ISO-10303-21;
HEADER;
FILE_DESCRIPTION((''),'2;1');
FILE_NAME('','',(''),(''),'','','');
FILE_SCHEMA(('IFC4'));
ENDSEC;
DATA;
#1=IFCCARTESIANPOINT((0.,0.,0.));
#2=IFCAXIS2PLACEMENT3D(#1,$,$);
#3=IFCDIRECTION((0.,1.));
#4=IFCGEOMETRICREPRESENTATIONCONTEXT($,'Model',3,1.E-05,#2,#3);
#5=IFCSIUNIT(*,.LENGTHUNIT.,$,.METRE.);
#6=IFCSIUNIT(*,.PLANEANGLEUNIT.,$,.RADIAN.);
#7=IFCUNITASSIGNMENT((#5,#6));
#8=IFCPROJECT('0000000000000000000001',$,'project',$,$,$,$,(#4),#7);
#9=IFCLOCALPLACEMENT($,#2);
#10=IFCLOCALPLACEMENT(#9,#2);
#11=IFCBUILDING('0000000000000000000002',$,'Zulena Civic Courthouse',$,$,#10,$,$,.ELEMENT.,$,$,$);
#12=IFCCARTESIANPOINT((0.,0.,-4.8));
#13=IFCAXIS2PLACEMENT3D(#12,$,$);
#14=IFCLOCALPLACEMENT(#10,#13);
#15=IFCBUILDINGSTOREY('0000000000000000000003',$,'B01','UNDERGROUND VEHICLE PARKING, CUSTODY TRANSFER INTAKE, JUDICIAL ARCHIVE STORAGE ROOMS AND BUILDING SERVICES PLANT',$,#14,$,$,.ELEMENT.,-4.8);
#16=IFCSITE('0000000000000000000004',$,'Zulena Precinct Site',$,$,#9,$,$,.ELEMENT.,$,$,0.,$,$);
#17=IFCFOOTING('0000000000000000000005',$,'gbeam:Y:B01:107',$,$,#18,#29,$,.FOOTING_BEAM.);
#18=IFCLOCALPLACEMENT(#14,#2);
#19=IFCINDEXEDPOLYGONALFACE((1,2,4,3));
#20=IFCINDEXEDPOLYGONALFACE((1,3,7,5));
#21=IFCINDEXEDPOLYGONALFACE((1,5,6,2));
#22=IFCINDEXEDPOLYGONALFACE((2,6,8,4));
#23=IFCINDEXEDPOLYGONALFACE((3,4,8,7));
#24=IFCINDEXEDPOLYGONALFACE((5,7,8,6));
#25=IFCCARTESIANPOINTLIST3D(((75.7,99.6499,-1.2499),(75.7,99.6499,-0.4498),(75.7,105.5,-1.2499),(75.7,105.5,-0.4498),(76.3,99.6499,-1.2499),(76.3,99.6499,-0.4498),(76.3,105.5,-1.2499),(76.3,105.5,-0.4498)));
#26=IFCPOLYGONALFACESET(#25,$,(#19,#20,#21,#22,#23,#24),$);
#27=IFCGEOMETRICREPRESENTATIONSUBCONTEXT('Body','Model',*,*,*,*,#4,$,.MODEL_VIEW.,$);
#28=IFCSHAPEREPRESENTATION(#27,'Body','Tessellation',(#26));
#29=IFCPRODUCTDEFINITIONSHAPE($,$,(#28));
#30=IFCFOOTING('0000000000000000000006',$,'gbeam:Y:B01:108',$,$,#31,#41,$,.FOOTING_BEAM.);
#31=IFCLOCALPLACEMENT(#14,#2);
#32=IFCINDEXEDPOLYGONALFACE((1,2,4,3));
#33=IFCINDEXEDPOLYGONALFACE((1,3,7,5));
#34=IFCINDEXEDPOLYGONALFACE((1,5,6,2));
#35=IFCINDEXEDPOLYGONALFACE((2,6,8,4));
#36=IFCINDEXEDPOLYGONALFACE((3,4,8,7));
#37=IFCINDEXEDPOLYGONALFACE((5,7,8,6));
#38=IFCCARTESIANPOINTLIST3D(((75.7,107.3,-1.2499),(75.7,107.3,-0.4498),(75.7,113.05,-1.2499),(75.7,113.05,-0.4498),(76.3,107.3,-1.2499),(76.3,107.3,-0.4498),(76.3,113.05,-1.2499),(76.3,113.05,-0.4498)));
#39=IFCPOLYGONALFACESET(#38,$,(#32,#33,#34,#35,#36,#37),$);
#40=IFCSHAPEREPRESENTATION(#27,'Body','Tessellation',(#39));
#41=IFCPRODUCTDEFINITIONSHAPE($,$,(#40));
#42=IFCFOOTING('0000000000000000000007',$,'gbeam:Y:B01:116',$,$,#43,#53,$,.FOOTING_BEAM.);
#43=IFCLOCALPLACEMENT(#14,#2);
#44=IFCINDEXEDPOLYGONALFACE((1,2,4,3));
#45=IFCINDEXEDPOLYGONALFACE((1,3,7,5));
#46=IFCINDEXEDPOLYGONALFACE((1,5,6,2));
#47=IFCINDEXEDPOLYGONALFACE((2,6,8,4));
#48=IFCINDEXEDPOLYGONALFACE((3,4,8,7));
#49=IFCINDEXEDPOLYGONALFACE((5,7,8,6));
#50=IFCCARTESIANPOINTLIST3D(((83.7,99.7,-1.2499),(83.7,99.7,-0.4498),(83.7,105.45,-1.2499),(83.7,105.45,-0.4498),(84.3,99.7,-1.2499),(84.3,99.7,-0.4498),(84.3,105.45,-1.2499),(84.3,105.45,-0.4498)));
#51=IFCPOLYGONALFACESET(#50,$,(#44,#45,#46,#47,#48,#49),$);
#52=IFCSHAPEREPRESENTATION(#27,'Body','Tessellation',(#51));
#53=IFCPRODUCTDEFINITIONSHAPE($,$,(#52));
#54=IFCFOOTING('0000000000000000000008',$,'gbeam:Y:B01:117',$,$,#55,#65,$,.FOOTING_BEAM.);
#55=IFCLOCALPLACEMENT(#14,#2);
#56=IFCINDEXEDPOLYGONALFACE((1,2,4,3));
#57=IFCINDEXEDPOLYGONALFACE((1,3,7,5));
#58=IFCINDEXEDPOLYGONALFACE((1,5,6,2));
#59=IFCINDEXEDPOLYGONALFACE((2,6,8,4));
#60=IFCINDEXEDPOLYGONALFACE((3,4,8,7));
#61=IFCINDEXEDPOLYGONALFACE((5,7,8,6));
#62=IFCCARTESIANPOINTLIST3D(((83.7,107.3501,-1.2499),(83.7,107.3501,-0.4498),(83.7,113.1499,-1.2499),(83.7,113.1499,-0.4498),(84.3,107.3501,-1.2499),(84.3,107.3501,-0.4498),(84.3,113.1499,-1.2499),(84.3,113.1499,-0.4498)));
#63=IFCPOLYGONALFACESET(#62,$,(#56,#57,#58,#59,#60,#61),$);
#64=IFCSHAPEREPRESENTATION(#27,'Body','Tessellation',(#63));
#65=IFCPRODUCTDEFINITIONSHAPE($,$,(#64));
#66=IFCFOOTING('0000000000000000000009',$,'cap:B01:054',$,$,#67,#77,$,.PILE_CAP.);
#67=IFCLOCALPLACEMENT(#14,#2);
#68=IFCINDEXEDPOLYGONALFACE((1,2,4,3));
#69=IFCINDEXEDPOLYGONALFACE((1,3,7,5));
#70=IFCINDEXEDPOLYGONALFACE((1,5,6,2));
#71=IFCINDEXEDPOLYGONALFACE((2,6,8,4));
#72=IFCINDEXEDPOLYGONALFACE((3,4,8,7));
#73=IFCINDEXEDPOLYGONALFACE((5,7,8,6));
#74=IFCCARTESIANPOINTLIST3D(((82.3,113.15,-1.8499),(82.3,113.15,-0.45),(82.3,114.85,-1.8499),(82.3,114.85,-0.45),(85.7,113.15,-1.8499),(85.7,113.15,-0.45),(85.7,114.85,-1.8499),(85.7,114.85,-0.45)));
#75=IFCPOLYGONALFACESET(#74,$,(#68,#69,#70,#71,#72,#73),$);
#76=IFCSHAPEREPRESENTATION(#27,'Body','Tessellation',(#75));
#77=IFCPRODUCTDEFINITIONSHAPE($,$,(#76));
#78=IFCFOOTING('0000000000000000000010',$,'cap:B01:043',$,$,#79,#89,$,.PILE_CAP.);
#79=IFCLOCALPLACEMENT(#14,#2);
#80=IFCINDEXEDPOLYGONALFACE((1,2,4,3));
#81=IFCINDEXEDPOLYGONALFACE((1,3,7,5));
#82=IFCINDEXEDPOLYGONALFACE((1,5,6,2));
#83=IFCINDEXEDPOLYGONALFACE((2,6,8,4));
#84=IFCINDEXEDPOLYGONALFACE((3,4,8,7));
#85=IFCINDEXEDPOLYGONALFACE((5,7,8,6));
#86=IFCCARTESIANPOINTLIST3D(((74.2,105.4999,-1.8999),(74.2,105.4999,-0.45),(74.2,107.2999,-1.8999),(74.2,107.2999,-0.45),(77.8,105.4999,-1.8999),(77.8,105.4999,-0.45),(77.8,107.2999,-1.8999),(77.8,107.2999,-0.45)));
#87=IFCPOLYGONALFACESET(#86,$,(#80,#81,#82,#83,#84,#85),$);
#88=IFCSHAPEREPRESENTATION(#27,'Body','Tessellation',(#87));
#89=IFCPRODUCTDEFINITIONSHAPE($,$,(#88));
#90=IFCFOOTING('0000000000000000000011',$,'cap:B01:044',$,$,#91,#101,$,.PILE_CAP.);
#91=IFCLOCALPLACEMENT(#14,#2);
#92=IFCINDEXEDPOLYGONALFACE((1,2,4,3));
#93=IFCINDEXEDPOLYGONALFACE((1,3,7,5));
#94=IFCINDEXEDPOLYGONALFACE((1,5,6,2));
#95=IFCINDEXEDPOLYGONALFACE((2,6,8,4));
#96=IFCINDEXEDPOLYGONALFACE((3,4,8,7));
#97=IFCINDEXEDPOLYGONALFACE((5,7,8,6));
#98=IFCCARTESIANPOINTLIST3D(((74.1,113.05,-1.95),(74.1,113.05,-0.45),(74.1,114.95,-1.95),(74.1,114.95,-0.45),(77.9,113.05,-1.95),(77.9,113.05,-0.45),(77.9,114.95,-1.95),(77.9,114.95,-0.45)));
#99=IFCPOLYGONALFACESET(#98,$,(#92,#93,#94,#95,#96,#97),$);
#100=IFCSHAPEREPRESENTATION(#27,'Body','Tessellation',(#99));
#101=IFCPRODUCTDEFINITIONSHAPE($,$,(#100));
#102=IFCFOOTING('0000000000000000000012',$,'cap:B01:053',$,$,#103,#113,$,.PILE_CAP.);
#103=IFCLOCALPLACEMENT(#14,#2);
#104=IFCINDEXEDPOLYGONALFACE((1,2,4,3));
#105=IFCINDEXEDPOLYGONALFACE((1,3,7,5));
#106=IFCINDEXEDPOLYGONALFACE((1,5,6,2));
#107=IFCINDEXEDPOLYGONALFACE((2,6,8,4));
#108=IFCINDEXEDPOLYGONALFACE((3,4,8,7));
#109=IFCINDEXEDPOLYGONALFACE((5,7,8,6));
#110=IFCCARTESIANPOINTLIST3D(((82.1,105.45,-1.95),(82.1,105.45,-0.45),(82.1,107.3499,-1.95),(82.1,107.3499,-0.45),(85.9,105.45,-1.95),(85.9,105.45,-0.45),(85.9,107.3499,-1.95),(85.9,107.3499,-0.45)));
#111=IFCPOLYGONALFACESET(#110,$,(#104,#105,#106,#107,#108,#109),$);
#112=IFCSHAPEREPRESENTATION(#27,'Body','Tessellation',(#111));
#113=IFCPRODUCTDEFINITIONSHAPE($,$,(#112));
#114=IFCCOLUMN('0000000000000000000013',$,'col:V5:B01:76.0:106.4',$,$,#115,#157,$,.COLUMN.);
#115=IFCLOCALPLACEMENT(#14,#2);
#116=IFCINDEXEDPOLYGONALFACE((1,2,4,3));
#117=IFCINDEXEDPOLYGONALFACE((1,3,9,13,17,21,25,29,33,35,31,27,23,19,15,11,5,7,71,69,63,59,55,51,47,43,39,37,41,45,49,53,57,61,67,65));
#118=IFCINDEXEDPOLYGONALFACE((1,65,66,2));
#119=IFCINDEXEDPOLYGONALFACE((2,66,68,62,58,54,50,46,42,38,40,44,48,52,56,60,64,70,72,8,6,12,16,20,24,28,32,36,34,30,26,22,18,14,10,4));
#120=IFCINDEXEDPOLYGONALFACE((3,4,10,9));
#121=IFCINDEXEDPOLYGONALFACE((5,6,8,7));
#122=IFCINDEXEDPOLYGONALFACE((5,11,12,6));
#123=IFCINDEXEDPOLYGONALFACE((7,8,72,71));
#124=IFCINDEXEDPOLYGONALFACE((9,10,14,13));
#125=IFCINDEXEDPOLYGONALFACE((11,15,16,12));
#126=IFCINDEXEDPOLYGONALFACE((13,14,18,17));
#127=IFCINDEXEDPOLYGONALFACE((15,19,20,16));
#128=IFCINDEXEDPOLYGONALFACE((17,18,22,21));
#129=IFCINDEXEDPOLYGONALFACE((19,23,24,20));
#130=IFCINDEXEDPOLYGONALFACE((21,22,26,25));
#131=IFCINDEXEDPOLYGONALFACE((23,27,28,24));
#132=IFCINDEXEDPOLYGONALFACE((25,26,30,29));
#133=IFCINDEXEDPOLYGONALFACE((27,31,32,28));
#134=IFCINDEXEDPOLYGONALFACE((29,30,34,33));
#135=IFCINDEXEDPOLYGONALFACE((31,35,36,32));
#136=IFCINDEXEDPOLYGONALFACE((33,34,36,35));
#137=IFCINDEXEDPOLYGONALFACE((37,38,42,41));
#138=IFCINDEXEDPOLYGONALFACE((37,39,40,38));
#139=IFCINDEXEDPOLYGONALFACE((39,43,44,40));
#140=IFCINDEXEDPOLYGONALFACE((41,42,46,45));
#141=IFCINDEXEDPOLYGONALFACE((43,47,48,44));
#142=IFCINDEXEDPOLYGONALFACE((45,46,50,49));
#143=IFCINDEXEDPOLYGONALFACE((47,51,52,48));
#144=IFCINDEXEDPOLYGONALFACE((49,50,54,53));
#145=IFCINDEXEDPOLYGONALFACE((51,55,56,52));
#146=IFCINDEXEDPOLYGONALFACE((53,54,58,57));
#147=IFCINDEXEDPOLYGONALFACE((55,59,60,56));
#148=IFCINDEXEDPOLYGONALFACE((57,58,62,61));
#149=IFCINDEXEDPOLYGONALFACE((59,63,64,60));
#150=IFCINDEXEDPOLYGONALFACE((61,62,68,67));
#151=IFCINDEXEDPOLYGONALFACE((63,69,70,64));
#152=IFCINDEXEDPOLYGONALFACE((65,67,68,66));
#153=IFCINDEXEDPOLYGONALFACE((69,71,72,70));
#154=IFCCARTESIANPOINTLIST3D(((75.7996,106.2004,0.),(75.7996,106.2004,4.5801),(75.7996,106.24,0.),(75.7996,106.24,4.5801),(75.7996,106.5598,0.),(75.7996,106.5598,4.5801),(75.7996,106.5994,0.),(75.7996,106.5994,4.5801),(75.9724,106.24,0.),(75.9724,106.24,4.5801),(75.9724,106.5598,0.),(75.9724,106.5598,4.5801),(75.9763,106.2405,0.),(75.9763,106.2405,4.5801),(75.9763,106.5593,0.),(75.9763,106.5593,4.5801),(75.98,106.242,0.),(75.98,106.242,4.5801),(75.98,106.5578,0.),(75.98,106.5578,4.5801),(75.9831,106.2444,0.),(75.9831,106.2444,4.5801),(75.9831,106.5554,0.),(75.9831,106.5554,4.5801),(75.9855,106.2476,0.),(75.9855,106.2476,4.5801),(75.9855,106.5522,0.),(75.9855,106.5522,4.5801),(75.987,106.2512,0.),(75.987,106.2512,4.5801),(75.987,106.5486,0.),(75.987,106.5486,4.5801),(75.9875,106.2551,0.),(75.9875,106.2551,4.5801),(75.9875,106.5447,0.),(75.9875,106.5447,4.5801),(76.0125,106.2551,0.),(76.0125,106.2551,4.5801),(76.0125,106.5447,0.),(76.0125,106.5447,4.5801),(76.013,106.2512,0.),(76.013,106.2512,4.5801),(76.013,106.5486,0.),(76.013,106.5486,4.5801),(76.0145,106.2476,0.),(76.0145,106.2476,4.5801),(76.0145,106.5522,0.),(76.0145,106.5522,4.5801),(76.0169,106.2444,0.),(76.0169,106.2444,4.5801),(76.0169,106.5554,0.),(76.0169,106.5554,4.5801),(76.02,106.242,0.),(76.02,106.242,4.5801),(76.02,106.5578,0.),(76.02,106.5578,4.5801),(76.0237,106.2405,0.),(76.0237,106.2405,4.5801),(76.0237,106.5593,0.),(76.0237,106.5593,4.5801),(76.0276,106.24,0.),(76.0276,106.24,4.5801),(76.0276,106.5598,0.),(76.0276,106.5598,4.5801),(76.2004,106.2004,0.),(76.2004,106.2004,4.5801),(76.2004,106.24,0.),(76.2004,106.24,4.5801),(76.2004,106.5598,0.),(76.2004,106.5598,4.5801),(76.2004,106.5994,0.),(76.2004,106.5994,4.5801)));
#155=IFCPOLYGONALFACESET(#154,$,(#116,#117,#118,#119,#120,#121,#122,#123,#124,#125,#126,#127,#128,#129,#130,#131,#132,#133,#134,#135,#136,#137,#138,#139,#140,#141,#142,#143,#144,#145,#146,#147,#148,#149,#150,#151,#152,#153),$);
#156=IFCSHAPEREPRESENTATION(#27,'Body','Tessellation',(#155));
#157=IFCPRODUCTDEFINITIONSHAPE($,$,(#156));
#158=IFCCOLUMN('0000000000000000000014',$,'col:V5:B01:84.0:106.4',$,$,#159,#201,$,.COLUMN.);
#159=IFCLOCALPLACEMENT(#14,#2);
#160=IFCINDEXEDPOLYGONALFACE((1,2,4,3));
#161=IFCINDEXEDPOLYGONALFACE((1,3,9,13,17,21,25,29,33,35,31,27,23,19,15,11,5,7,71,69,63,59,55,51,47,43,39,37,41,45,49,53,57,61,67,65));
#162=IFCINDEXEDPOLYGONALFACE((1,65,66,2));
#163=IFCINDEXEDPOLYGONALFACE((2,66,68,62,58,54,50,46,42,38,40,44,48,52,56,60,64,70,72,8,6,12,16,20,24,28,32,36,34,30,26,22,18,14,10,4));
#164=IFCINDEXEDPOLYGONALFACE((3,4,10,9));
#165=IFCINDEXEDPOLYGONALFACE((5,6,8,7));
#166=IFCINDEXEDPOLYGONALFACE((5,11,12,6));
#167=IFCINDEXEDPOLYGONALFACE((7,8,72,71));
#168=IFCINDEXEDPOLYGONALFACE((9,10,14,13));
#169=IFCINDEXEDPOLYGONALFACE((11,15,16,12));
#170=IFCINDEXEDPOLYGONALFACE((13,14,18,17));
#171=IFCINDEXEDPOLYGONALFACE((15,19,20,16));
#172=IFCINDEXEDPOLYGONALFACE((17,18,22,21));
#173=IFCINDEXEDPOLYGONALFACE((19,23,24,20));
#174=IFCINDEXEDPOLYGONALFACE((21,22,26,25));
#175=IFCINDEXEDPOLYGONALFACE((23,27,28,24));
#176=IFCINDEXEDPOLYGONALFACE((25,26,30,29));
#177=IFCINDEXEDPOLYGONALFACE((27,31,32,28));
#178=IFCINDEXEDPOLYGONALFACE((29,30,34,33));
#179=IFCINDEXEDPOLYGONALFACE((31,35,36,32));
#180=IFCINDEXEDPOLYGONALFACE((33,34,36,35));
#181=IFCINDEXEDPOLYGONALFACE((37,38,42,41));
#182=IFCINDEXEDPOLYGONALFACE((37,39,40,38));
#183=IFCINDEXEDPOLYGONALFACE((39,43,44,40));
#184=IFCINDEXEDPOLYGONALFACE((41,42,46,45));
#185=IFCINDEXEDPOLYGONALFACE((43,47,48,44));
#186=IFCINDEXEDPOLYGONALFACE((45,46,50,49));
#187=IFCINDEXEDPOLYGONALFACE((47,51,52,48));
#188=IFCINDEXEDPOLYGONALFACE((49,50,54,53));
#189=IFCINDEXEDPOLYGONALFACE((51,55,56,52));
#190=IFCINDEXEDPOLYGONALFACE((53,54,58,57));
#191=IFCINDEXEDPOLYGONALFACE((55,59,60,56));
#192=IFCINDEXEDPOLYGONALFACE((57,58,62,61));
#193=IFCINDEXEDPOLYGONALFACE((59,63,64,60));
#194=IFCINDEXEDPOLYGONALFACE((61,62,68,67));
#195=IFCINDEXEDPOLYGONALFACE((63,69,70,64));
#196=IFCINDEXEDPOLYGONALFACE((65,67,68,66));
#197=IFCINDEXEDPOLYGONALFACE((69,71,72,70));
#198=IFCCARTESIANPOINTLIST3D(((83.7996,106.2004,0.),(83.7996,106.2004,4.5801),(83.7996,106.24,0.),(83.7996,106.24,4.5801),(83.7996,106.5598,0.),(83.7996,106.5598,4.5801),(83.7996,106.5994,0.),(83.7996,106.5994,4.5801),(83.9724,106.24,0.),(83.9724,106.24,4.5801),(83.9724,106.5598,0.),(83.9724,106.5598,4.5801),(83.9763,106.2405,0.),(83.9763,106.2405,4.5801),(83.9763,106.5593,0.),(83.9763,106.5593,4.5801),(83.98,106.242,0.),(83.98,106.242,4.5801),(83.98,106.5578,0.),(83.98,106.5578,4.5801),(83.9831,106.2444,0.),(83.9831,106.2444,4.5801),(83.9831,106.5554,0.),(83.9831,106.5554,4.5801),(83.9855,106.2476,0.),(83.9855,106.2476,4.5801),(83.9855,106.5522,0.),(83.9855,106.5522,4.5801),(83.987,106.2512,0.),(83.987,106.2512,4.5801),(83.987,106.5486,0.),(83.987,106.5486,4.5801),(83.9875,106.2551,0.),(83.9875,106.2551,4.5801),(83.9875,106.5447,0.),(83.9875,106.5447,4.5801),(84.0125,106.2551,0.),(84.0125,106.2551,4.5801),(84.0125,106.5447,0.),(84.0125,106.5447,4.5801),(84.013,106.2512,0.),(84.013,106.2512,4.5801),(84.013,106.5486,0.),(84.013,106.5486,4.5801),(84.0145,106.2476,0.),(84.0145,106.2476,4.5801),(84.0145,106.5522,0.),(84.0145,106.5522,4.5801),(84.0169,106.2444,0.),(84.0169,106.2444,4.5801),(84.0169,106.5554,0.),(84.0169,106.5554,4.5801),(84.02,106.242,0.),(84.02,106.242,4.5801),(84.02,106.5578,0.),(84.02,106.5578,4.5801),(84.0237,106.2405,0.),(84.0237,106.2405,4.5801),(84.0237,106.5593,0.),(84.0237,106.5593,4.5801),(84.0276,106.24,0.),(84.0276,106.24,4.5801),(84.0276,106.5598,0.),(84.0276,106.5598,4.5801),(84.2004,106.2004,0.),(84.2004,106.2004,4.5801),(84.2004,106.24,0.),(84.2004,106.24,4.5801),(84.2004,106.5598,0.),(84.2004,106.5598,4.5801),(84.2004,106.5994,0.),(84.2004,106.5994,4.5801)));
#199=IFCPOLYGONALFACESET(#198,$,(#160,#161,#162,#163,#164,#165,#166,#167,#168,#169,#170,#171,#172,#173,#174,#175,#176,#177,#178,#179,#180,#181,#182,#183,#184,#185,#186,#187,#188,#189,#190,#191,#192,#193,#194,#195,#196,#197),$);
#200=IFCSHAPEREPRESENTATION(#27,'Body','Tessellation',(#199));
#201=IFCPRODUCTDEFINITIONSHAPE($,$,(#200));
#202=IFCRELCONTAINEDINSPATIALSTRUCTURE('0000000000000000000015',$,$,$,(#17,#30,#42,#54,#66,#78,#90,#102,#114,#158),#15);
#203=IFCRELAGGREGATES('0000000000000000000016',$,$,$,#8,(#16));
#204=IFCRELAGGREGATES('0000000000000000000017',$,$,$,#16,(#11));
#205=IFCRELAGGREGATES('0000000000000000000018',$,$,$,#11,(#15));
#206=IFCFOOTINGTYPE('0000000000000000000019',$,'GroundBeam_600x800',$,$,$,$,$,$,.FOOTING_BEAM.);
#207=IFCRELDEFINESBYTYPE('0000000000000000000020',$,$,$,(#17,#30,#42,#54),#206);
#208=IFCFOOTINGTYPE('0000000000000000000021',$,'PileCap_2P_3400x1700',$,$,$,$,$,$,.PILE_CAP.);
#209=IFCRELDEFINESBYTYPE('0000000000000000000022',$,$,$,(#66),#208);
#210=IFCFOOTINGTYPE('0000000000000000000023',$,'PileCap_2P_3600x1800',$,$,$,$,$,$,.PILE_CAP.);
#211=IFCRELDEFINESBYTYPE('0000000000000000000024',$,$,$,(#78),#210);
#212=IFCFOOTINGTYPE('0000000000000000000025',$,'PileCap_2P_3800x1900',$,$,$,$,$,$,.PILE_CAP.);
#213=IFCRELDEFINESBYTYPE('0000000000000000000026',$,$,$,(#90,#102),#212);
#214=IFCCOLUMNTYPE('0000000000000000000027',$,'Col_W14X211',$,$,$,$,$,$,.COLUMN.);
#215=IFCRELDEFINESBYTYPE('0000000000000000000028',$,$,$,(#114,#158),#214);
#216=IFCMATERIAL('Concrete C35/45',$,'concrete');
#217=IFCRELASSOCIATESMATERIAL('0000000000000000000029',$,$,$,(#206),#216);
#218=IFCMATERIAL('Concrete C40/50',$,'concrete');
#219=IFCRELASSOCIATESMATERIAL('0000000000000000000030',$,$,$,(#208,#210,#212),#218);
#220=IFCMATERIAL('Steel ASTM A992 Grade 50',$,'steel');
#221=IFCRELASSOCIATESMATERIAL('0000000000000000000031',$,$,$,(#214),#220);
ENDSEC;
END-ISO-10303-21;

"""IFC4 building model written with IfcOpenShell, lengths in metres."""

from ifc_helpers import new_model, si_unit, direction, frame, origin, origin_2d, place, context, subcontext, project, spatial, rectangle, i_section, extrude, material, material_profile, profile_set, type_object, element, save


model = new_model("IFC4")

# Units and contexts
model_context = context("Model", 3, precision=1e-05, world=origin(), true_north=direction((0.0, 1.0)))
body_context = subcontext(model_context, "Body", "Model", "MODEL_VIEW")
ifc_project = project(units=[si_unit("LENGTHUNIT", "METRE"), si_unit("PLANEANGLEUNIT", "RADIAN")], contexts=[model_context])

# Site, building, storey
site_placement = place(None, origin())
site = spatial("IfcSite", under=ifc_project, at=site_placement, Name="Zulena Precinct Site", CompositionType="ELEMENT", RefElevation=0.0)
building_placement = place(site_placement, origin())
building = spatial("IfcBuilding", under=site, at=building_placement, Name="Zulena Civic Courthouse", CompositionType="ELEMENT")
storey_placement = place(building_placement, frame((0.0, 0.0, -4.8)))
storey = spatial("IfcBuildingStorey", under=building, at=storey_placement, Name="B01", Description="UNDERGROUND VEHICLE PARKING, CUSTODY TRANSFER INTAKE, JUDICIAL ARCHIVE STORAGE ROOMS AND BUILDING SERVICES PLANT", CompositionType="ELEMENT", Elevation=-4.8)

# Shared definitions
ifc_material_1 = material(Name="Concrete C40/50", Category="concrete")

# Footings
ifc_material_2 = material(Name="Concrete C35/45", Category="concrete")
ifc_material_profile_1 = material_profile(ifc_material_2, rectangle(XDim=0.6001, YDim=0.8, at=origin_2d()), Name="RC600X800")
ifc_profile_set_1 = profile_set([ifc_material_profile_1], Name="Concrete C35/45")
footing_type_1 = type_object("IfcFootingType", Name="GroundBeam_600x800", PredefinedType="FOOTING_BEAM", material=ifc_profile_set_1)
footing_1_placement = place(storey_placement, frame((76.0, 99.6499, -0.8499), z_axis=(0.0, 1.0, 0.0), x_axis=(-1.0, 0.0, 0.0)))
element("IfcFooting", 1, at=footing_1_placement, inside=storey, type_object=footing_type_1, Name="gbeam:Y:B01:107", PredefinedType="FOOTING_BEAM", context=body_context, shape_type="SweptSolid", body=[
    extrude(rectangle(XDim=0.6001, YDim=0.8, at=origin_2d()), origin(), (0.0, 0.0, 1.0), 5.8501),
])
for number, where, z_axis, x_axis, name in (
    (2, (76.0, 107.3, -0.8499), (0.0, 1.0, 0.0), (-1.0, 0.0, 0.0), "gbeam:Y:B01:108"),
    (3, (84.0, 99.7, -0.8499), (0.0, 1.0, 0.0), (-1.0, 0.0, 0.0), "gbeam:Y:B01:116"),
):
    element("IfcFooting", number, at=place(storey_placement, frame(where, z_axis=z_axis, x_axis=x_axis)), inside=storey, type_object=footing_type_1, Name=name, PredefinedType="FOOTING_BEAM", context=body_context, shape_type="SweptSolid", body=[
        extrude(rectangle(XDim=0.6001, YDim=0.8, at=origin_2d()), origin(), (0.0, 0.0, 1.0), 5.75),
    ])
footing_2_placement = place(storey_placement, frame((84.0, 107.3501, -0.8499), z_axis=(0.0, 1.0, 0.0), x_axis=(-1.0, 0.0, 0.0)))
element("IfcFooting", 4, at=footing_2_placement, inside=storey, type_object=footing_type_1, Name="gbeam:Y:B01:117", PredefinedType="FOOTING_BEAM", context=body_context, shape_type="SweptSolid", body=[
    extrude(rectangle(XDim=0.6001, YDim=0.8, at=origin_2d()), origin(), (0.0, 0.0, 1.0), 5.7998),
])
footing_type_2 = type_object("IfcFootingType", Name="PileCap_2P_3400x1700", PredefinedType="PILE_CAP", material=ifc_material_1)
footing_3_placement = place(storey_placement, frame((84.0, 114.0, -1.8499), z_axis=(0.0, 0.0, 1.0), x_axis=(1.0, 0.0, 0.0)))
element("IfcFooting", 5, at=footing_3_placement, inside=storey, type_object=footing_type_2, Name="cap:B01:054", PredefinedType="PILE_CAP", context=body_context, shape_type="SweptSolid", body=[
    extrude(rectangle(XDim=3.3999, YDim=1.7, at=origin_2d()), origin(), (0.0, 0.0, 1.0), 1.3999),
])
footing_type_3 = type_object("IfcFootingType", Name="PileCap_2P_3600x1800", PredefinedType="PILE_CAP", material=ifc_material_1)
footing_4_placement = place(storey_placement, frame((76.0, 106.3999, -1.8999), z_axis=(0.0, 0.0, 1.0), x_axis=(1.0, 0.0, 0.0)))
element("IfcFooting", 6, at=footing_4_placement, inside=storey, type_object=footing_type_3, Name="cap:B01:043", PredefinedType="PILE_CAP", context=body_context, shape_type="SweptSolid", body=[
    extrude(rectangle(XDim=3.6001, YDim=1.8, at=origin_2d()), origin(), (0.0, 0.0, 1.0), 1.45),
])
footing_type_4 = type_object("IfcFootingType", Name="PileCap_2P_3800x1900", PredefinedType="PILE_CAP", material=ifc_material_1)
for number, where, z_axis, x_axis, name in (
    (7, (76.0, 114.0, -1.95), (0.0, 0.0, 1.0), (1.0, 0.0, 0.0), "cap:B01:044"),
    (8, (84.0, 106.3999, -1.95), (0.0, 0.0, 1.0), (1.0, 0.0, 0.0), "cap:B01:053"),
):
    element("IfcFooting", number, at=place(storey_placement, frame(where, z_axis=z_axis, x_axis=x_axis)), inside=storey, type_object=footing_type_4, Name=name, PredefinedType="PILE_CAP", context=body_context, shape_type="SweptSolid", body=[
        extrude(rectangle(XDim=3.8, YDim=1.8999, at=origin_2d()), origin(), (0.0, 0.0, 1.0), 1.5),
    ])

# Columns
ifc_material_3 = material(Name="Steel ASTM A992 Grade 50", Category="steel")
ifc_material_profile_2 = material_profile(ifc_material_3, i_section(OverallWidth=0.4009, OverallDepth=0.3989, WebThickness=0.0249, FlangeThickness=0.0396, FilletRadius=0.0151, at=origin_2d()), Name="W14X211")
ifc_profile_set_2 = profile_set([ifc_material_profile_2], Name="Steel ASTM A992 Grade 50")
column_type_1 = type_object("IfcColumnType", Name="Col_W14X211", PredefinedType="COLUMN", material=ifc_profile_set_2)
for number, where, z_axis, x_axis, name in (
    (9, (76.0, 106.3999, 0.0), (0.0, 0.0, 1.0), (1.0, 0.0, 0.0), "col:V5:B01:76.0:106.4"),
    (10, (84.0, 106.3999, 0.0), (0.0, 0.0, 1.0), (1.0, 0.0, 0.0), "col:V5:B01:84.0:106.4"),
):
    element("IfcColumn", number, at=place(storey_placement, frame(where, z_axis=z_axis, x_axis=x_axis)), inside=storey, type_object=column_type_1, Name=name, PredefinedType="COLUMN", context=body_context, shape_type="SweptSolid", body=[
        extrude(i_section(OverallWidth=0.4009, OverallDepth=0.3989, WebThickness=0.0249, FlangeThickness=0.0396, FilletRadius=0.0151, at=origin_2d()), origin(), (0.0, 0.0, 1.0), 4.5801),
    ])

save(model, "model.ifc")
